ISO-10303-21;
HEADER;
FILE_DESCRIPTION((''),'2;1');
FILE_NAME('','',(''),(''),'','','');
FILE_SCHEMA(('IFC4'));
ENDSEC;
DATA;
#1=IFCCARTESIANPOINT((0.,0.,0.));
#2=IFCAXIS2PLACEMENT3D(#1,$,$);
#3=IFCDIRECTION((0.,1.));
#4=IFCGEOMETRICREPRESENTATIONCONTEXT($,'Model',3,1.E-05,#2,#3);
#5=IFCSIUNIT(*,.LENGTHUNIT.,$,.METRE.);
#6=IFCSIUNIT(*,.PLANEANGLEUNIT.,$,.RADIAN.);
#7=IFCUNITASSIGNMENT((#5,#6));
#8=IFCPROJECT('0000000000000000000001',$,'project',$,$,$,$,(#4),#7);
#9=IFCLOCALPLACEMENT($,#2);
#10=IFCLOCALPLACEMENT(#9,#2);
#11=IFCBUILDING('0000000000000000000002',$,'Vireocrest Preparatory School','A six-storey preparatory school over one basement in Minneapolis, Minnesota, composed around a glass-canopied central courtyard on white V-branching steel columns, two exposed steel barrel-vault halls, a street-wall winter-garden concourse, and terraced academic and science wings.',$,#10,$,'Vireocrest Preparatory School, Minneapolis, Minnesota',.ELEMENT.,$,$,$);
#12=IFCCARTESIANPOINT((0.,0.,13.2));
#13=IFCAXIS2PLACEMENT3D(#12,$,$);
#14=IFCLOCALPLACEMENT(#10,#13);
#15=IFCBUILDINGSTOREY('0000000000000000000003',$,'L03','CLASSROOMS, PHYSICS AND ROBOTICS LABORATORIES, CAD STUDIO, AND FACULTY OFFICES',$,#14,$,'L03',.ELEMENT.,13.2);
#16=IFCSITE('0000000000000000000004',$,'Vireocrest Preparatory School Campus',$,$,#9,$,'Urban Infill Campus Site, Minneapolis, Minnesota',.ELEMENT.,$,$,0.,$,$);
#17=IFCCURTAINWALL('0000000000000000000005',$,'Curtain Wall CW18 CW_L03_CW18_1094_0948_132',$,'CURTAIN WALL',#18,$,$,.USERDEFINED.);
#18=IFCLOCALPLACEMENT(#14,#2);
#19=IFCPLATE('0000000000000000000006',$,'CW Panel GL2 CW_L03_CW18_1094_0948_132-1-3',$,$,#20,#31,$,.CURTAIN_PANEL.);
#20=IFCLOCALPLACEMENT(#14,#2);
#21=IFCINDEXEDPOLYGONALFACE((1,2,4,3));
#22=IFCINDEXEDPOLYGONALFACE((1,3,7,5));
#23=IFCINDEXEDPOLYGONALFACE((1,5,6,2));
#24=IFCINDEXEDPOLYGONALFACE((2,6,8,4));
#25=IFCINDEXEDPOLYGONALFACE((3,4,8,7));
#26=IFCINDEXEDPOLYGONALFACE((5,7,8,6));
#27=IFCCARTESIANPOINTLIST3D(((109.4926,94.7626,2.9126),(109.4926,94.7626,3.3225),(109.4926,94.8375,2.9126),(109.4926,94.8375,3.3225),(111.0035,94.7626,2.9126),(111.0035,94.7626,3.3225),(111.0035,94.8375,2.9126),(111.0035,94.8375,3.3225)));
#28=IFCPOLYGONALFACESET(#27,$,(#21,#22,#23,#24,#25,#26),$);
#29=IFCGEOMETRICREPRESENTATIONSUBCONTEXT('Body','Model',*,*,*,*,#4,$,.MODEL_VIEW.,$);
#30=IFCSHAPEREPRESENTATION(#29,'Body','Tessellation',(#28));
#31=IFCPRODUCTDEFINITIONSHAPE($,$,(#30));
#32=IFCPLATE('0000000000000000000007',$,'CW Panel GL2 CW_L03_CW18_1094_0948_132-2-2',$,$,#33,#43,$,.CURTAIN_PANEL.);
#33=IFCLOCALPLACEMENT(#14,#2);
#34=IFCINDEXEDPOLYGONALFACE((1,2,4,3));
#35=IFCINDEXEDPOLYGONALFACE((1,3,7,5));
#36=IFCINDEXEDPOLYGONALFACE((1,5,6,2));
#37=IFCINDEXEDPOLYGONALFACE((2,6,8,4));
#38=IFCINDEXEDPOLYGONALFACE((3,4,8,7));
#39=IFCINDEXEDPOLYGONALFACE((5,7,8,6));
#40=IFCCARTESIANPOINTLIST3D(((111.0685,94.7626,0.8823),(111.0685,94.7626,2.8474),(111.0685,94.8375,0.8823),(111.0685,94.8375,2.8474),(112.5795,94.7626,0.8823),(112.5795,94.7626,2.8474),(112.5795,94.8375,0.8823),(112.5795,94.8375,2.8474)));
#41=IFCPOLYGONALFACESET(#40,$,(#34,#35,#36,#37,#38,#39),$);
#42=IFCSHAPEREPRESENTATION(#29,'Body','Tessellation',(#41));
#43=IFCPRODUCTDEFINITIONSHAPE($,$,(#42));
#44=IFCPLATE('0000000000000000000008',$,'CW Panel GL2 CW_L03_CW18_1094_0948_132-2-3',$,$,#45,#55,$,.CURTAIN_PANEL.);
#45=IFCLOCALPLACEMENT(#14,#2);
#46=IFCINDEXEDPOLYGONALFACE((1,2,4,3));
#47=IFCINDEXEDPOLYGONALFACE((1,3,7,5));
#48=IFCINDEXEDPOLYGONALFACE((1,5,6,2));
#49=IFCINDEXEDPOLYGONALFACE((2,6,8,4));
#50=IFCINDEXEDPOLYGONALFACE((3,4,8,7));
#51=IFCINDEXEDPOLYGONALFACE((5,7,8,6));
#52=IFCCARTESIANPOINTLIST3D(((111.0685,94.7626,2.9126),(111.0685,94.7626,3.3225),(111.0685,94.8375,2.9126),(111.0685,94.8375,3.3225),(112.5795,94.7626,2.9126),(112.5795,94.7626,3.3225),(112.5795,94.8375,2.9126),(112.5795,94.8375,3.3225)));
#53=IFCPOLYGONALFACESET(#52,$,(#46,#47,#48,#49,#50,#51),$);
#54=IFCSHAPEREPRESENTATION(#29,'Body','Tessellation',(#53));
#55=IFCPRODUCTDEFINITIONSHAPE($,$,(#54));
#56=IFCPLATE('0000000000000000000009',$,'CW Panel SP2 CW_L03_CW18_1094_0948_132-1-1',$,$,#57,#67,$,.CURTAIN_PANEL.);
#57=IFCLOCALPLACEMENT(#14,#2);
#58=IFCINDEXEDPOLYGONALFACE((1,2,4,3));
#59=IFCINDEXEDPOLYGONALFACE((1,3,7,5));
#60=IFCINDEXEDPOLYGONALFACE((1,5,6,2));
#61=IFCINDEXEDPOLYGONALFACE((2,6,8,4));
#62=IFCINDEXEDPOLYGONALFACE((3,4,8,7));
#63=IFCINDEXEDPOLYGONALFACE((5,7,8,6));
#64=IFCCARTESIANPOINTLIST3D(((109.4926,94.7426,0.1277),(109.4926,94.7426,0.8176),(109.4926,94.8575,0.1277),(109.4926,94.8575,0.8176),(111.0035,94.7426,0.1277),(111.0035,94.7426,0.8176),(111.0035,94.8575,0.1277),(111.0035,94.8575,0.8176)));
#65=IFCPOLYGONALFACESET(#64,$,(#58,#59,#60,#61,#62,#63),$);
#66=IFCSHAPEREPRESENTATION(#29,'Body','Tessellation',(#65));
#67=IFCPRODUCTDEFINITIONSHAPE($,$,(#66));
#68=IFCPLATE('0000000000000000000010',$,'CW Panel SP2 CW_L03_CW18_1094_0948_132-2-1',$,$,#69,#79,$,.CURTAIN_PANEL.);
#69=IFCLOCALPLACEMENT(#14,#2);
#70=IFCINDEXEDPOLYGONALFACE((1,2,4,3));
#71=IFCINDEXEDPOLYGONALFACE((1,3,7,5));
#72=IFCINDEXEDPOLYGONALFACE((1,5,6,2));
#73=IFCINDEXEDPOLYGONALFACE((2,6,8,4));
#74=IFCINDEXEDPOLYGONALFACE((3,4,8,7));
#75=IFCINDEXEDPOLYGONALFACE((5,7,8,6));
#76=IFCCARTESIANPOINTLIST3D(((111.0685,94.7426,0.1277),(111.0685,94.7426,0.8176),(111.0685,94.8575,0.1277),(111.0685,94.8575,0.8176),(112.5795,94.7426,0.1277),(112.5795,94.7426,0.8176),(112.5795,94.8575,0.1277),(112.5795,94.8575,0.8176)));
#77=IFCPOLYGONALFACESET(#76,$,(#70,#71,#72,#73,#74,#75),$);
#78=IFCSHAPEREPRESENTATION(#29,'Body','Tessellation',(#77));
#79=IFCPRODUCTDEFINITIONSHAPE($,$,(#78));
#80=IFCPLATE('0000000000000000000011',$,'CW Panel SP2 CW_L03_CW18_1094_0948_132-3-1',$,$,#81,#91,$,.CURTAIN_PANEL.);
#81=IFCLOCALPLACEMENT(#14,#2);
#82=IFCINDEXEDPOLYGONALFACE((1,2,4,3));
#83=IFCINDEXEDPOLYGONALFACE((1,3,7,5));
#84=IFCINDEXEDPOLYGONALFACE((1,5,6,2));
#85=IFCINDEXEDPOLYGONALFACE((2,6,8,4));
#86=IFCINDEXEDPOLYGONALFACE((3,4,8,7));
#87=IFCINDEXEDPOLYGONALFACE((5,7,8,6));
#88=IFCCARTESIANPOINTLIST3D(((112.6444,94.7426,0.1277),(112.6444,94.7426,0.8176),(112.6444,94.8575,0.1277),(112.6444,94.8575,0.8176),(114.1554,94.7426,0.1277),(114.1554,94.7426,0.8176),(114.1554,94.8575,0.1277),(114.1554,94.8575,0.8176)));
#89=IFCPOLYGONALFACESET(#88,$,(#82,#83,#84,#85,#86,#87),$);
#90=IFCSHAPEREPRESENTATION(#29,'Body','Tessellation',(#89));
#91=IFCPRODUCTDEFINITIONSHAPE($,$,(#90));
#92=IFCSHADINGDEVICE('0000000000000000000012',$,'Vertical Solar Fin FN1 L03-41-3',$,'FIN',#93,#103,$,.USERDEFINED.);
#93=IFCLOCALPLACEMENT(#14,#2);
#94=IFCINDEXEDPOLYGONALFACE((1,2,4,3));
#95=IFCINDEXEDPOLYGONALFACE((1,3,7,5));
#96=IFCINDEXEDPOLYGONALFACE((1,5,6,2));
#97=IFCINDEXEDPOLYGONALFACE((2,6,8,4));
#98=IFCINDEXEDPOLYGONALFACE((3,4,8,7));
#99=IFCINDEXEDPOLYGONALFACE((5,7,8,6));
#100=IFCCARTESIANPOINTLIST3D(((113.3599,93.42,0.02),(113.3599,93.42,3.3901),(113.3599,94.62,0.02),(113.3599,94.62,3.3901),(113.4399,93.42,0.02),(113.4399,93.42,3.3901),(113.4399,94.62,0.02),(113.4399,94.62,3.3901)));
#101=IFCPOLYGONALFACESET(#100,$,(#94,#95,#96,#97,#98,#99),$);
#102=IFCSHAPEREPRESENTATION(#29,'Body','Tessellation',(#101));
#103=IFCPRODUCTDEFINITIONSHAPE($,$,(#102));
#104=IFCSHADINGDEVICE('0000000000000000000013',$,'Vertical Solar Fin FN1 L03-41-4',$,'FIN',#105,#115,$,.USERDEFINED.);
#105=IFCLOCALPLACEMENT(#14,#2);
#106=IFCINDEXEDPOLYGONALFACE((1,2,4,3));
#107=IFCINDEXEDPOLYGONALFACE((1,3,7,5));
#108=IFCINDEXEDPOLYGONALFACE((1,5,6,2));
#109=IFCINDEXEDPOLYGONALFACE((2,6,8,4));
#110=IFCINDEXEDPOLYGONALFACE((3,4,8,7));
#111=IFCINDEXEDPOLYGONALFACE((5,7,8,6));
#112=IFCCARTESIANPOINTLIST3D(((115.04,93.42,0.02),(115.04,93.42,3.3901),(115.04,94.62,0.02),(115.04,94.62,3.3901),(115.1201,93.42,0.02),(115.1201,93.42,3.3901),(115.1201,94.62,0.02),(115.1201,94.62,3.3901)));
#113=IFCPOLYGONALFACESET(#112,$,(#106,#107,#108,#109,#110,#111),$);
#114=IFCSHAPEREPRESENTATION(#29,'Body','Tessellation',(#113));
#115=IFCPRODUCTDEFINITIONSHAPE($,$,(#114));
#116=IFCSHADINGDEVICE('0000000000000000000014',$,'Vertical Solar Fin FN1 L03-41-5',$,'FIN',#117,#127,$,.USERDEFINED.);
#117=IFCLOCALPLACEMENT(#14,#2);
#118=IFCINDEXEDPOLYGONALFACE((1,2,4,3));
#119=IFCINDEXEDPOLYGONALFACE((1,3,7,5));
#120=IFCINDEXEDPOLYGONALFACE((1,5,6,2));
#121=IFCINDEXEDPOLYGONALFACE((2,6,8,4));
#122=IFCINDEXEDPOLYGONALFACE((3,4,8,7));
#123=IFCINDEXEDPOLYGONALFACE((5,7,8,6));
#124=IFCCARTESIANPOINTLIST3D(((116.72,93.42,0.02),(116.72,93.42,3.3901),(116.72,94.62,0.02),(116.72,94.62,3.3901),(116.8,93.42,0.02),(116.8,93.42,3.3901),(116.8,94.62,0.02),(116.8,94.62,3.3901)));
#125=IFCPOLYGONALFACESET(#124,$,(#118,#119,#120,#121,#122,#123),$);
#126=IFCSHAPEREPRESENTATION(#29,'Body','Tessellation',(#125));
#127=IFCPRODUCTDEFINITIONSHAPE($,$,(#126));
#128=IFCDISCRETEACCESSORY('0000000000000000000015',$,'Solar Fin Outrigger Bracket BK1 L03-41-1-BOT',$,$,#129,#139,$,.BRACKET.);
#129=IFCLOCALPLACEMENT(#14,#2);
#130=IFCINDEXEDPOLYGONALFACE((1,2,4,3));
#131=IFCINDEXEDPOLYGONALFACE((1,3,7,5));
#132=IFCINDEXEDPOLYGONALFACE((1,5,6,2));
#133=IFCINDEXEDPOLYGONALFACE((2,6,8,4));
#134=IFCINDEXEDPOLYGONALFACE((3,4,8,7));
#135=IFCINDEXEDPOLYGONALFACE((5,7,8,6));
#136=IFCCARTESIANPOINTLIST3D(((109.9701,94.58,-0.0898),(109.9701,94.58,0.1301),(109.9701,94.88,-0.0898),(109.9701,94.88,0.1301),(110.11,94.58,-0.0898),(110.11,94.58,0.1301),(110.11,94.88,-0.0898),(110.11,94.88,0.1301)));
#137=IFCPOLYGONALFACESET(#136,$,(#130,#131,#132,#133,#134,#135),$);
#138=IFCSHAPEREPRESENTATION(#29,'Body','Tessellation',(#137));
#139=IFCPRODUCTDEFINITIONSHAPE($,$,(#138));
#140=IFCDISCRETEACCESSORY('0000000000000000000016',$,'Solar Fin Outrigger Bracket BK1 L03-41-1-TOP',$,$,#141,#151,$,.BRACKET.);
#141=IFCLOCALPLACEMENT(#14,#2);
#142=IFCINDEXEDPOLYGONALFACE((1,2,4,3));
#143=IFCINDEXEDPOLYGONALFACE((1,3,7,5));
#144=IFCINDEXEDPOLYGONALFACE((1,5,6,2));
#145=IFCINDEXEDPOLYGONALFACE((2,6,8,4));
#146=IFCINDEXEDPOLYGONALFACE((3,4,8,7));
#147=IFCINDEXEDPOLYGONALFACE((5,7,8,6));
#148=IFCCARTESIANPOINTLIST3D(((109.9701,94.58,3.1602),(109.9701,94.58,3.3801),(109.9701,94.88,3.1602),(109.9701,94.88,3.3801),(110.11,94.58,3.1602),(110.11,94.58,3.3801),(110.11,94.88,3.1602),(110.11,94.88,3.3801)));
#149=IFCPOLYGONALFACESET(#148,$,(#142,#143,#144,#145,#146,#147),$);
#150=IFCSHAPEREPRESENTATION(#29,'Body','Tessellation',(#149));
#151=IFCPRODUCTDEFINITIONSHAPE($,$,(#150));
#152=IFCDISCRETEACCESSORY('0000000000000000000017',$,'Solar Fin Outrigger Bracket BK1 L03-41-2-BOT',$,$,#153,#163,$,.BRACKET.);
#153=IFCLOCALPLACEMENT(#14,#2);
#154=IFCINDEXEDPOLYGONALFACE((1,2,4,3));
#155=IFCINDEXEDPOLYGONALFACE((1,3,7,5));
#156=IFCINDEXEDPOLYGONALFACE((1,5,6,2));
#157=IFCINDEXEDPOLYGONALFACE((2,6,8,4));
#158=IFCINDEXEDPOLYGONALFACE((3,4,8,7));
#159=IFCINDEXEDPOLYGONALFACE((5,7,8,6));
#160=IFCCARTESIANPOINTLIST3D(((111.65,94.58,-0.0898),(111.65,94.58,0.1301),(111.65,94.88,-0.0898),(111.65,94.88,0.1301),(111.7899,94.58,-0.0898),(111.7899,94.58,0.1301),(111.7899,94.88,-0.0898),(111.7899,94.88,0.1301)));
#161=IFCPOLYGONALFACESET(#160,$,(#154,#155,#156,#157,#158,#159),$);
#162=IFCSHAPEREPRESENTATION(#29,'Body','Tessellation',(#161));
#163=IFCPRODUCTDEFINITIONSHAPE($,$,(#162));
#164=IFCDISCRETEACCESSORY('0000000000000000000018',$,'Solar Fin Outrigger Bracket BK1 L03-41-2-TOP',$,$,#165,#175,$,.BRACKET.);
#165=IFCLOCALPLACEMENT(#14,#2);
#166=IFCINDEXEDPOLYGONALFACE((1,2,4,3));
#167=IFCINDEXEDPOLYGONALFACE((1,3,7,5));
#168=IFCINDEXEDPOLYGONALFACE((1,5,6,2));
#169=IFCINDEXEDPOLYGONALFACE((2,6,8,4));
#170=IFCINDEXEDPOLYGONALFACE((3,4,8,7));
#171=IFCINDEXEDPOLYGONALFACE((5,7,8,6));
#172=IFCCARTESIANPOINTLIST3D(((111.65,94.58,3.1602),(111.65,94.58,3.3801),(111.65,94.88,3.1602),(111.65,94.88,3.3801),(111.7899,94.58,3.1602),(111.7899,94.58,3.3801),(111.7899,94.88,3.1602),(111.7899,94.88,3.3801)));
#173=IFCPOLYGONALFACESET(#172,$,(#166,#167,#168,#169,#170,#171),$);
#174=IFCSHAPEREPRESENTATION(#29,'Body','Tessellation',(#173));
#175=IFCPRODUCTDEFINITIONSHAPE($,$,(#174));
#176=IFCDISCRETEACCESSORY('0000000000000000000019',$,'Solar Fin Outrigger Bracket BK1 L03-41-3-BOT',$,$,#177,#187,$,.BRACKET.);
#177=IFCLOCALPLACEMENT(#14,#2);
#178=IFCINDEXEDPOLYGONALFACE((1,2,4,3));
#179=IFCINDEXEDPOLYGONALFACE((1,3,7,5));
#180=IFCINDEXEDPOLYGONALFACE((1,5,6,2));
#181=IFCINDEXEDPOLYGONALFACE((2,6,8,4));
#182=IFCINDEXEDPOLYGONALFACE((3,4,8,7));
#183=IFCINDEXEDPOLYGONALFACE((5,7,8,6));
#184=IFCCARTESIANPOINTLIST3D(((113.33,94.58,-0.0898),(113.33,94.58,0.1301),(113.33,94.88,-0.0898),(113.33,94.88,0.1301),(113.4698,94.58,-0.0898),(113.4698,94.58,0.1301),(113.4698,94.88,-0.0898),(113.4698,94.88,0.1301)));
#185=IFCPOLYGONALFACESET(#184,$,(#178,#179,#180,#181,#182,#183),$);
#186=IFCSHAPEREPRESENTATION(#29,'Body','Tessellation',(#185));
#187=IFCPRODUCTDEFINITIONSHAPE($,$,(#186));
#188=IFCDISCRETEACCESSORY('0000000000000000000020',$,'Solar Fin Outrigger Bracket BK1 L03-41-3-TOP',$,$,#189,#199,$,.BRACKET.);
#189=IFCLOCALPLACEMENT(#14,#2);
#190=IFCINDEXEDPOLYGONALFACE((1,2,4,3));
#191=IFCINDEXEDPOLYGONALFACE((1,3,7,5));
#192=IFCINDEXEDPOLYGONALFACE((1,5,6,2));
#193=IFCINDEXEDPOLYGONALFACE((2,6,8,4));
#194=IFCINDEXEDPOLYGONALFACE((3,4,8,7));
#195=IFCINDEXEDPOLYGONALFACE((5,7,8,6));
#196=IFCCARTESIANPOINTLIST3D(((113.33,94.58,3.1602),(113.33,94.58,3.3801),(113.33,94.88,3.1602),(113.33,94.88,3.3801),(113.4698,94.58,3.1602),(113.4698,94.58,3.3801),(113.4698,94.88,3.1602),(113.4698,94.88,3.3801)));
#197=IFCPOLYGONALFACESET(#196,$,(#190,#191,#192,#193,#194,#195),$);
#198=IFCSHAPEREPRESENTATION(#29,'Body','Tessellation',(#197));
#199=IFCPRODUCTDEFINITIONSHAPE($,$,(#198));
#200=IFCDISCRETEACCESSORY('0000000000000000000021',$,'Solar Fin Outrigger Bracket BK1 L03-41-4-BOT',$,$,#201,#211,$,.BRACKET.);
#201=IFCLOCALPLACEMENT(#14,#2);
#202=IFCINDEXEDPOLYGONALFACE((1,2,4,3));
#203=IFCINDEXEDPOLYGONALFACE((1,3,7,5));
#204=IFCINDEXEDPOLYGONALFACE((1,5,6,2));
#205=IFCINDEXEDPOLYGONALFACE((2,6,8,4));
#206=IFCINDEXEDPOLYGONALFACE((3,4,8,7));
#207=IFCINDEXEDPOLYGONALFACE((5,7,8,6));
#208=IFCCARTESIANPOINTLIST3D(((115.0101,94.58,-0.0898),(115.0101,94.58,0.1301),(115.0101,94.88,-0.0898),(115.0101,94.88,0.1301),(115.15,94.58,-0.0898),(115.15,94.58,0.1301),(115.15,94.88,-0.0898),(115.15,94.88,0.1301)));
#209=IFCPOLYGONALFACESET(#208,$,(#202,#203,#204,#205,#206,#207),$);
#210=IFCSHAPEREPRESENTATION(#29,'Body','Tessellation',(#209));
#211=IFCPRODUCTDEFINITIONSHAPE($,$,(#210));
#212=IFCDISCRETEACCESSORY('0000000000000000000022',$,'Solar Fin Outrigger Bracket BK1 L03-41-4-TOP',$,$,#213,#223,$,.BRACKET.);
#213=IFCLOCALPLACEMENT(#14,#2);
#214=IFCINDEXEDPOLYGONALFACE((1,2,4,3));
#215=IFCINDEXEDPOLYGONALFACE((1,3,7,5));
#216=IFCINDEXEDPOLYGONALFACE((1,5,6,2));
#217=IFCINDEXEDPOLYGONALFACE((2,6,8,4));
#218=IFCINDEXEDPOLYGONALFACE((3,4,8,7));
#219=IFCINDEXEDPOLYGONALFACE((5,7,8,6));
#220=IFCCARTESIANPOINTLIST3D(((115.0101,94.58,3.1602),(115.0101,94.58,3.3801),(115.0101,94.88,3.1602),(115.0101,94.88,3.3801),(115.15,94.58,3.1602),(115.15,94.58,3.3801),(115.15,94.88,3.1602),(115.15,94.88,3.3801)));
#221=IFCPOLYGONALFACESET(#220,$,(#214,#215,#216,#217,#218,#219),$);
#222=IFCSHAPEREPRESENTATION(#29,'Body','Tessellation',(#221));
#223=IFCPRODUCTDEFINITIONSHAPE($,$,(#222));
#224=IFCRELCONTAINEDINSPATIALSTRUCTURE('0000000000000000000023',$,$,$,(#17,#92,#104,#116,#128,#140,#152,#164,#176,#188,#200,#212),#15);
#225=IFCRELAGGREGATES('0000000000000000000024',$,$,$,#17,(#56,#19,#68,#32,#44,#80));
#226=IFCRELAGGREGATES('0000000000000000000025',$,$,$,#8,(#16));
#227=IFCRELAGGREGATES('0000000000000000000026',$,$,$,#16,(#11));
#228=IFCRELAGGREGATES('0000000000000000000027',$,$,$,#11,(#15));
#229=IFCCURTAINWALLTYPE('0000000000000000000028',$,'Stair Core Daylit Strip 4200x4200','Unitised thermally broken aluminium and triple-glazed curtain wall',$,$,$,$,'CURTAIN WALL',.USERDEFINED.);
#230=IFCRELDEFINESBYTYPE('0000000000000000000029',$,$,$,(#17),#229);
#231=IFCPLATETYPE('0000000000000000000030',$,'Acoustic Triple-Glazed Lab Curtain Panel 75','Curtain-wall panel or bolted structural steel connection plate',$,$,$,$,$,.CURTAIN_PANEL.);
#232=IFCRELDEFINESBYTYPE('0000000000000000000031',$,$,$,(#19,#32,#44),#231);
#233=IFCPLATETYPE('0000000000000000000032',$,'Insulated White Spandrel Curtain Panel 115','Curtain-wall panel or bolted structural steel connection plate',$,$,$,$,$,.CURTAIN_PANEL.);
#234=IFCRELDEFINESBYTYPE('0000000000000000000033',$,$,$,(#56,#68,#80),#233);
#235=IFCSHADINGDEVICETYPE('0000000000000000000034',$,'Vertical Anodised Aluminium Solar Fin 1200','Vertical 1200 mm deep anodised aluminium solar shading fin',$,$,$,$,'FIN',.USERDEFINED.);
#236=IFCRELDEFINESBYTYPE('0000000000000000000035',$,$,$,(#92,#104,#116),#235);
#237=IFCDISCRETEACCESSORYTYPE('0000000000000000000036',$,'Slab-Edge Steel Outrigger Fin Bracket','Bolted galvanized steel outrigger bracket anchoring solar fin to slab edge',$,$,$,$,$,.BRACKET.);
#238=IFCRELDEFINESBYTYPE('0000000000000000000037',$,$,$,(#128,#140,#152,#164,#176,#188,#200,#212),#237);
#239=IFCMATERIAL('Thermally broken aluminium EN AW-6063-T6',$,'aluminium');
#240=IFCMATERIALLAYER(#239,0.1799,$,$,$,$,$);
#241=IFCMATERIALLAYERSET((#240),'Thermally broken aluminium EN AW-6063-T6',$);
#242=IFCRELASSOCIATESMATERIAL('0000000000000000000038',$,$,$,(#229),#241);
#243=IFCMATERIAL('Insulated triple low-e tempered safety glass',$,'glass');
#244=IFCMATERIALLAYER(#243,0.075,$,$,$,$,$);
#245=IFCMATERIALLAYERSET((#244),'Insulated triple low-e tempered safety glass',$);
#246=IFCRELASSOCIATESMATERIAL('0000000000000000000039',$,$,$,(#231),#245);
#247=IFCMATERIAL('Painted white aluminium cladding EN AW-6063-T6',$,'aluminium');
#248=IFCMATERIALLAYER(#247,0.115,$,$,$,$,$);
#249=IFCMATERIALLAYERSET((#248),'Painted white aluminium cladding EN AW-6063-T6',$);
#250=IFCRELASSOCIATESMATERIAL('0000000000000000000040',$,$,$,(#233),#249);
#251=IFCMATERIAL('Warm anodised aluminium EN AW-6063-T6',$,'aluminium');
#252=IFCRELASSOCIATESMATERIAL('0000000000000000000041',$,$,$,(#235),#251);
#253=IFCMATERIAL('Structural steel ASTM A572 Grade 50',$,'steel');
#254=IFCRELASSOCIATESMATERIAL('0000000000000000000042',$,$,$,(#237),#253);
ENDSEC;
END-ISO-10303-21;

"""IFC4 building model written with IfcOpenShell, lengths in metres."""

from ifc_helpers import new_model, si_unit, direction, frame, origin, origin_2d, place, context, subcontext, project, spatial, rectangle, extrude, material, layer, layer_set, material_profile, profile_set, type_object, element, aggregate, save


model = new_model("IFC4")

# Units and contexts
model_context = context("Model", 3, precision=1e-05, world=origin(), true_north=direction((0.0, 1.0)))
body_context = subcontext(model_context, "Body", "Model", "MODEL_VIEW")
ifc_project = project(units=[si_unit("LENGTHUNIT", "METRE"), si_unit("PLANEANGLEUNIT", "RADIAN")], contexts=[model_context])

# Site, building, storey
site_placement = place(None, origin())
site = spatial("IfcSite", under=ifc_project, at=site_placement, Name="Vireocrest Preparatory School Campus", LongName="Urban Infill Campus Site, Minneapolis, Minnesota", CompositionType="ELEMENT", RefElevation=0.0)
building_placement = place(site_placement, origin())
building = spatial("IfcBuilding", under=site, at=building_placement, Name="Vireocrest Preparatory School", Description="A six-storey preparatory school over one basement in Minneapolis, Minnesota, composed around a glass-canopied central courtyard on white V-branching steel columns, two exposed steel barrel-vault halls, a street-wall winter-garden concourse, and terraced academic and science wings.", LongName="Vireocrest Preparatory School, Minneapolis, Minnesota", CompositionType="ELEMENT")
storey_placement = place(building_placement, frame((0.0, 0.0, 13.2)))
storey = spatial("IfcBuildingStorey", under=building, at=storey_placement, Name="L03", Description="CLASSROOMS, PHYSICS AND ROBOTICS LABORATORIES, CAD STUDIO, AND FACULTY OFFICES", LongName="L03", CompositionType="ELEMENT", Elevation=13.2)

# Shared definitions
ifc_material_1 = material(Name="Thermally broken aluminium EN AW-6063-T6", Category="aluminium")

# Curtain wall
ifc_layer_1 = layer(ifc_material_1, 0.1799)
ifc_layer_set_1 = layer_set([ifc_layer_1], Name="Thermally broken aluminium EN AW-6063-T6")
curtain_wall_type_1 = type_object("IfcCurtainWallType", Name="Stair Core Daylit Strip 4200x4200", Description="Unitised thermally broken aluminium and triple-glazed curtain wall", ElementType="CURTAIN WALL", PredefinedType="USERDEFINED", material=ifc_layer_set_1)
curtain_wall_1_placement = place(storey_placement, origin())
curtain_wall_1 = element("IfcCurtainWall", 1, at=curtain_wall_1_placement, inside=storey, type_object=curtain_wall_type_1, Name="Curtain Wall CW18 CW_L03_CW18_1094_0948_132", ObjectType="CURTAIN WALL", PredefinedType="USERDEFINED")

# Plates
ifc_material_2 = material(Name="Insulated triple low-e tempered safety glass", Category="glass")
ifc_layer_2 = layer(ifc_material_2, 0.075)
ifc_layer_set_2 = layer_set([ifc_layer_2], Name="Insulated triple low-e tempered safety glass")
plate_type_1 = type_object("IfcPlateType", Name="Acoustic Triple-Glazed Lab Curtain Panel 75", Description="Curtain-wall panel or bolted structural steel connection plate", PredefinedType="CURTAIN_PANEL", material=ifc_layer_set_2)
plate_1_placement = place(storey_placement, frame((110.248, 94.8, 2.9126), z_axis=(0.0, 0.0, 1.0), x_axis=(1.0, 0.0, 0.0)))
plate_1 = element("IfcPlate", 2, at=plate_1_placement, type_object=plate_type_1, Name="CW Panel GL2 CW_L03_CW18_1094_0948_132-1-3", PredefinedType="CURTAIN_PANEL", context=body_context, shape_type="SweptSolid", body=[
    extrude(rectangle(XDim=1.511, YDim=0.075, at=origin_2d()), origin(), (0.0, 0.0, 1.0), 0.4099),
])
plate_2_placement = place(storey_placement, frame((111.824, 94.8, 0.8823), z_axis=(0.0, 0.0, 1.0), x_axis=(1.0, 0.0, 0.0)))
plate_2 = element("IfcPlate", 3, at=plate_2_placement, type_object=plate_type_1, Name="CW Panel GL2 CW_L03_CW18_1094_0948_132-2-2", PredefinedType="CURTAIN_PANEL", context=body_context, shape_type="SweptSolid", body=[
    extrude(rectangle(XDim=1.511, YDim=0.075, at=origin_2d()), origin(), (0.0, 0.0, 1.0), 1.9651),
])
plate_3_placement = place(storey_placement, frame((111.824, 94.8, 2.9126), z_axis=(0.0, 0.0, 1.0), x_axis=(1.0, 0.0, 0.0)))
plate_3 = element("IfcPlate", 4, at=plate_3_placement, type_object=plate_type_1, Name="CW Panel GL2 CW_L03_CW18_1094_0948_132-2-3", PredefinedType="CURTAIN_PANEL", context=body_context, shape_type="SweptSolid", body=[
    extrude(rectangle(XDim=1.511, YDim=0.075, at=origin_2d()), origin(), (0.0, 0.0, 1.0), 0.4099),
])
ifc_material_3 = material(Name="Painted white aluminium cladding EN AW-6063-T6", Category="aluminium")
ifc_layer_3 = layer(ifc_material_3, 0.115)
ifc_layer_set_3 = layer_set([ifc_layer_3], Name="Painted white aluminium cladding EN AW-6063-T6")
plate_type_2 = type_object("IfcPlateType", Name="Insulated White Spandrel Curtain Panel 115", Description="Curtain-wall panel or bolted structural steel connection plate", PredefinedType="CURTAIN_PANEL", material=ifc_layer_set_3)
plate_4_placement = place(storey_placement, frame((110.248, 94.8, 0.1277), z_axis=(0.0, 0.0, 1.0), x_axis=(1.0, 0.0, 0.0)))
plate_4 = element("IfcPlate", 5, at=plate_4_placement, type_object=plate_type_2, Name="CW Panel SP2 CW_L03_CW18_1094_0948_132-1-1", PredefinedType="CURTAIN_PANEL", context=body_context, shape_type="SweptSolid", body=[
    extrude(rectangle(XDim=1.511, YDim=0.115, at=origin_2d()), origin(), (0.0, 0.0, 1.0), 0.6899),
])
plate_5_placement = place(storey_placement, frame((111.824, 94.8, 0.1277), z_axis=(0.0, 0.0, 1.0), x_axis=(1.0, 0.0, 0.0)))
plate_5 = element("IfcPlate", 6, at=plate_5_placement, type_object=plate_type_2, Name="CW Panel SP2 CW_L03_CW18_1094_0948_132-2-1", PredefinedType="CURTAIN_PANEL", context=body_context, shape_type="SweptSolid", body=[
    extrude(rectangle(XDim=1.511, YDim=0.115, at=origin_2d()), origin(), (0.0, 0.0, 1.0), 0.6899),
])
plate_6_placement = place(storey_placement, frame((113.3999, 94.8, 0.1277), z_axis=(0.0, 0.0, 1.0), x_axis=(1.0, 0.0, 0.0)))
plate_6 = element("IfcPlate", 7, at=plate_6_placement, type_object=plate_type_2, Name="CW Panel SP2 CW_L03_CW18_1094_0948_132-3-1", PredefinedType="CURTAIN_PANEL", context=body_context, shape_type="SweptSolid", body=[
    extrude(rectangle(XDim=1.511, YDim=0.115, at=origin_2d()), origin(), (0.0, 0.0, 1.0), 0.6899),
])
aggregate(curtain_wall_1, [plate_4, plate_1, plate_5, plate_2, plate_3, plate_6])

# Shading devices
ifc_material_4 = material(Name="Warm anodised aluminium EN AW-6063-T6", Category="aluminium")
ifc_material_profile_1 = material_profile(ifc_material_4, rectangle(XDim=0.0801, YDim=1.2, at=origin_2d()), Name="FIN 80x1200")
ifc_profile_set_1 = profile_set([ifc_material_profile_1], Name="Warm anodised aluminium EN AW-6063-T6")
shading_device_type = type_object("IfcShadingDeviceType", Name="Vertical Anodised Aluminium Solar Fin 1200", Description="Vertical 1200 mm deep anodised aluminium solar shading fin", ElementType="FIN", PredefinedType="USERDEFINED", material=ifc_profile_set_1)
for number, where, z_axis, x_axis, name in (
    (8, (113.3999, 94.02, 0.02), (0.0, 0.0, 1.0), (-1.0, 0.0, 0.0), "Vertical Solar Fin FN1 L03-41-3"),
    (9, (115.0801, 94.02, 0.02), (0.0, 0.0, 1.0), (-1.0, 0.0, 0.0), "Vertical Solar Fin FN1 L03-41-4"),
    (10, (116.76, 94.02, 0.02), (0.0, 0.0, 1.0), (-1.0, 0.0, 0.0), "Vertical Solar Fin FN1 L03-41-5"),
):
    element("IfcShadingDevice", number, at=place(storey_placement, frame(where, z_axis=z_axis, x_axis=x_axis)), inside=storey, type_object=shading_device_type, Name=name, ObjectType="FIN", PredefinedType="USERDEFINED", context=body_context, shape_type="SweptSolid", body=[
        extrude(rectangle(XDim=0.0801, YDim=1.2, at=origin_2d()), origin(), (0.0, 0.0, 1.0), 3.3701),
    ])

# Discrete accessories
ifc_material_5 = material(Name="Structural steel ASTM A572 Grade 50", Category="steel")
discrete_accessory_type = type_object("IfcDiscreteAccessoryType", Name="Slab-Edge Steel Outrigger Fin Bracket", Description="Bolted galvanized steel outrigger bracket anchoring solar fin to slab edge", PredefinedType="BRACKET", material=ifc_material_5)
for number, where, z_axis, x_axis, name in (
    (11, (110.04, 94.73, -0.0898), (0.0, 0.0, 1.0), (-1.0, 0.0, 0.0), "Solar Fin Outrigger Bracket BK1 L03-41-1-BOT"),
    (12, (110.04, 94.73, 3.1602), (0.0, 0.0, 1.0), (-1.0, 0.0, 0.0), "Solar Fin Outrigger Bracket BK1 L03-41-1-TOP"),
    (13, (111.72, 94.73, -0.0898), (0.0, 0.0, 1.0), (-1.0, 0.0, 0.0), "Solar Fin Outrigger Bracket BK1 L03-41-2-BOT"),
    (14, (111.72, 94.73, 3.1602), (0.0, 0.0, 1.0), (-1.0, 0.0, 0.0), "Solar Fin Outrigger Bracket BK1 L03-41-2-TOP"),
    (15, (113.3999, 94.73, -0.0898), (0.0, 0.0, 1.0), (-1.0, 0.0, 0.0), "Solar Fin Outrigger Bracket BK1 L03-41-3-BOT"),
    (16, (113.3999, 94.73, 3.1602), (0.0, 0.0, 1.0), (-1.0, 0.0, 0.0), "Solar Fin Outrigger Bracket BK1 L03-41-3-TOP"),
    (17, (115.0801, 94.73, -0.0898), (0.0, 0.0, 1.0), (-1.0, 0.0, 0.0), "Solar Fin Outrigger Bracket BK1 L03-41-4-BOT"),
    (18, (115.0801, 94.73, 3.1602), (0.0, 0.0, 1.0), (-1.0, 0.0, 0.0), "Solar Fin Outrigger Bracket BK1 L03-41-4-TOP"),
):
    element("IfcDiscreteAccessory", number, at=place(storey_placement, frame(where, z_axis=z_axis, x_axis=x_axis)), inside=storey, type_object=discrete_accessory_type, Name=name, PredefinedType="BRACKET", context=body_context, shape_type="SweptSolid", body=[
        extrude(rectangle(XDim=0.1399, YDim=0.3, at=origin_2d()), origin(), (0.0, 0.0, 1.0), 0.22),
    ])

save(model, "model.ifc")
